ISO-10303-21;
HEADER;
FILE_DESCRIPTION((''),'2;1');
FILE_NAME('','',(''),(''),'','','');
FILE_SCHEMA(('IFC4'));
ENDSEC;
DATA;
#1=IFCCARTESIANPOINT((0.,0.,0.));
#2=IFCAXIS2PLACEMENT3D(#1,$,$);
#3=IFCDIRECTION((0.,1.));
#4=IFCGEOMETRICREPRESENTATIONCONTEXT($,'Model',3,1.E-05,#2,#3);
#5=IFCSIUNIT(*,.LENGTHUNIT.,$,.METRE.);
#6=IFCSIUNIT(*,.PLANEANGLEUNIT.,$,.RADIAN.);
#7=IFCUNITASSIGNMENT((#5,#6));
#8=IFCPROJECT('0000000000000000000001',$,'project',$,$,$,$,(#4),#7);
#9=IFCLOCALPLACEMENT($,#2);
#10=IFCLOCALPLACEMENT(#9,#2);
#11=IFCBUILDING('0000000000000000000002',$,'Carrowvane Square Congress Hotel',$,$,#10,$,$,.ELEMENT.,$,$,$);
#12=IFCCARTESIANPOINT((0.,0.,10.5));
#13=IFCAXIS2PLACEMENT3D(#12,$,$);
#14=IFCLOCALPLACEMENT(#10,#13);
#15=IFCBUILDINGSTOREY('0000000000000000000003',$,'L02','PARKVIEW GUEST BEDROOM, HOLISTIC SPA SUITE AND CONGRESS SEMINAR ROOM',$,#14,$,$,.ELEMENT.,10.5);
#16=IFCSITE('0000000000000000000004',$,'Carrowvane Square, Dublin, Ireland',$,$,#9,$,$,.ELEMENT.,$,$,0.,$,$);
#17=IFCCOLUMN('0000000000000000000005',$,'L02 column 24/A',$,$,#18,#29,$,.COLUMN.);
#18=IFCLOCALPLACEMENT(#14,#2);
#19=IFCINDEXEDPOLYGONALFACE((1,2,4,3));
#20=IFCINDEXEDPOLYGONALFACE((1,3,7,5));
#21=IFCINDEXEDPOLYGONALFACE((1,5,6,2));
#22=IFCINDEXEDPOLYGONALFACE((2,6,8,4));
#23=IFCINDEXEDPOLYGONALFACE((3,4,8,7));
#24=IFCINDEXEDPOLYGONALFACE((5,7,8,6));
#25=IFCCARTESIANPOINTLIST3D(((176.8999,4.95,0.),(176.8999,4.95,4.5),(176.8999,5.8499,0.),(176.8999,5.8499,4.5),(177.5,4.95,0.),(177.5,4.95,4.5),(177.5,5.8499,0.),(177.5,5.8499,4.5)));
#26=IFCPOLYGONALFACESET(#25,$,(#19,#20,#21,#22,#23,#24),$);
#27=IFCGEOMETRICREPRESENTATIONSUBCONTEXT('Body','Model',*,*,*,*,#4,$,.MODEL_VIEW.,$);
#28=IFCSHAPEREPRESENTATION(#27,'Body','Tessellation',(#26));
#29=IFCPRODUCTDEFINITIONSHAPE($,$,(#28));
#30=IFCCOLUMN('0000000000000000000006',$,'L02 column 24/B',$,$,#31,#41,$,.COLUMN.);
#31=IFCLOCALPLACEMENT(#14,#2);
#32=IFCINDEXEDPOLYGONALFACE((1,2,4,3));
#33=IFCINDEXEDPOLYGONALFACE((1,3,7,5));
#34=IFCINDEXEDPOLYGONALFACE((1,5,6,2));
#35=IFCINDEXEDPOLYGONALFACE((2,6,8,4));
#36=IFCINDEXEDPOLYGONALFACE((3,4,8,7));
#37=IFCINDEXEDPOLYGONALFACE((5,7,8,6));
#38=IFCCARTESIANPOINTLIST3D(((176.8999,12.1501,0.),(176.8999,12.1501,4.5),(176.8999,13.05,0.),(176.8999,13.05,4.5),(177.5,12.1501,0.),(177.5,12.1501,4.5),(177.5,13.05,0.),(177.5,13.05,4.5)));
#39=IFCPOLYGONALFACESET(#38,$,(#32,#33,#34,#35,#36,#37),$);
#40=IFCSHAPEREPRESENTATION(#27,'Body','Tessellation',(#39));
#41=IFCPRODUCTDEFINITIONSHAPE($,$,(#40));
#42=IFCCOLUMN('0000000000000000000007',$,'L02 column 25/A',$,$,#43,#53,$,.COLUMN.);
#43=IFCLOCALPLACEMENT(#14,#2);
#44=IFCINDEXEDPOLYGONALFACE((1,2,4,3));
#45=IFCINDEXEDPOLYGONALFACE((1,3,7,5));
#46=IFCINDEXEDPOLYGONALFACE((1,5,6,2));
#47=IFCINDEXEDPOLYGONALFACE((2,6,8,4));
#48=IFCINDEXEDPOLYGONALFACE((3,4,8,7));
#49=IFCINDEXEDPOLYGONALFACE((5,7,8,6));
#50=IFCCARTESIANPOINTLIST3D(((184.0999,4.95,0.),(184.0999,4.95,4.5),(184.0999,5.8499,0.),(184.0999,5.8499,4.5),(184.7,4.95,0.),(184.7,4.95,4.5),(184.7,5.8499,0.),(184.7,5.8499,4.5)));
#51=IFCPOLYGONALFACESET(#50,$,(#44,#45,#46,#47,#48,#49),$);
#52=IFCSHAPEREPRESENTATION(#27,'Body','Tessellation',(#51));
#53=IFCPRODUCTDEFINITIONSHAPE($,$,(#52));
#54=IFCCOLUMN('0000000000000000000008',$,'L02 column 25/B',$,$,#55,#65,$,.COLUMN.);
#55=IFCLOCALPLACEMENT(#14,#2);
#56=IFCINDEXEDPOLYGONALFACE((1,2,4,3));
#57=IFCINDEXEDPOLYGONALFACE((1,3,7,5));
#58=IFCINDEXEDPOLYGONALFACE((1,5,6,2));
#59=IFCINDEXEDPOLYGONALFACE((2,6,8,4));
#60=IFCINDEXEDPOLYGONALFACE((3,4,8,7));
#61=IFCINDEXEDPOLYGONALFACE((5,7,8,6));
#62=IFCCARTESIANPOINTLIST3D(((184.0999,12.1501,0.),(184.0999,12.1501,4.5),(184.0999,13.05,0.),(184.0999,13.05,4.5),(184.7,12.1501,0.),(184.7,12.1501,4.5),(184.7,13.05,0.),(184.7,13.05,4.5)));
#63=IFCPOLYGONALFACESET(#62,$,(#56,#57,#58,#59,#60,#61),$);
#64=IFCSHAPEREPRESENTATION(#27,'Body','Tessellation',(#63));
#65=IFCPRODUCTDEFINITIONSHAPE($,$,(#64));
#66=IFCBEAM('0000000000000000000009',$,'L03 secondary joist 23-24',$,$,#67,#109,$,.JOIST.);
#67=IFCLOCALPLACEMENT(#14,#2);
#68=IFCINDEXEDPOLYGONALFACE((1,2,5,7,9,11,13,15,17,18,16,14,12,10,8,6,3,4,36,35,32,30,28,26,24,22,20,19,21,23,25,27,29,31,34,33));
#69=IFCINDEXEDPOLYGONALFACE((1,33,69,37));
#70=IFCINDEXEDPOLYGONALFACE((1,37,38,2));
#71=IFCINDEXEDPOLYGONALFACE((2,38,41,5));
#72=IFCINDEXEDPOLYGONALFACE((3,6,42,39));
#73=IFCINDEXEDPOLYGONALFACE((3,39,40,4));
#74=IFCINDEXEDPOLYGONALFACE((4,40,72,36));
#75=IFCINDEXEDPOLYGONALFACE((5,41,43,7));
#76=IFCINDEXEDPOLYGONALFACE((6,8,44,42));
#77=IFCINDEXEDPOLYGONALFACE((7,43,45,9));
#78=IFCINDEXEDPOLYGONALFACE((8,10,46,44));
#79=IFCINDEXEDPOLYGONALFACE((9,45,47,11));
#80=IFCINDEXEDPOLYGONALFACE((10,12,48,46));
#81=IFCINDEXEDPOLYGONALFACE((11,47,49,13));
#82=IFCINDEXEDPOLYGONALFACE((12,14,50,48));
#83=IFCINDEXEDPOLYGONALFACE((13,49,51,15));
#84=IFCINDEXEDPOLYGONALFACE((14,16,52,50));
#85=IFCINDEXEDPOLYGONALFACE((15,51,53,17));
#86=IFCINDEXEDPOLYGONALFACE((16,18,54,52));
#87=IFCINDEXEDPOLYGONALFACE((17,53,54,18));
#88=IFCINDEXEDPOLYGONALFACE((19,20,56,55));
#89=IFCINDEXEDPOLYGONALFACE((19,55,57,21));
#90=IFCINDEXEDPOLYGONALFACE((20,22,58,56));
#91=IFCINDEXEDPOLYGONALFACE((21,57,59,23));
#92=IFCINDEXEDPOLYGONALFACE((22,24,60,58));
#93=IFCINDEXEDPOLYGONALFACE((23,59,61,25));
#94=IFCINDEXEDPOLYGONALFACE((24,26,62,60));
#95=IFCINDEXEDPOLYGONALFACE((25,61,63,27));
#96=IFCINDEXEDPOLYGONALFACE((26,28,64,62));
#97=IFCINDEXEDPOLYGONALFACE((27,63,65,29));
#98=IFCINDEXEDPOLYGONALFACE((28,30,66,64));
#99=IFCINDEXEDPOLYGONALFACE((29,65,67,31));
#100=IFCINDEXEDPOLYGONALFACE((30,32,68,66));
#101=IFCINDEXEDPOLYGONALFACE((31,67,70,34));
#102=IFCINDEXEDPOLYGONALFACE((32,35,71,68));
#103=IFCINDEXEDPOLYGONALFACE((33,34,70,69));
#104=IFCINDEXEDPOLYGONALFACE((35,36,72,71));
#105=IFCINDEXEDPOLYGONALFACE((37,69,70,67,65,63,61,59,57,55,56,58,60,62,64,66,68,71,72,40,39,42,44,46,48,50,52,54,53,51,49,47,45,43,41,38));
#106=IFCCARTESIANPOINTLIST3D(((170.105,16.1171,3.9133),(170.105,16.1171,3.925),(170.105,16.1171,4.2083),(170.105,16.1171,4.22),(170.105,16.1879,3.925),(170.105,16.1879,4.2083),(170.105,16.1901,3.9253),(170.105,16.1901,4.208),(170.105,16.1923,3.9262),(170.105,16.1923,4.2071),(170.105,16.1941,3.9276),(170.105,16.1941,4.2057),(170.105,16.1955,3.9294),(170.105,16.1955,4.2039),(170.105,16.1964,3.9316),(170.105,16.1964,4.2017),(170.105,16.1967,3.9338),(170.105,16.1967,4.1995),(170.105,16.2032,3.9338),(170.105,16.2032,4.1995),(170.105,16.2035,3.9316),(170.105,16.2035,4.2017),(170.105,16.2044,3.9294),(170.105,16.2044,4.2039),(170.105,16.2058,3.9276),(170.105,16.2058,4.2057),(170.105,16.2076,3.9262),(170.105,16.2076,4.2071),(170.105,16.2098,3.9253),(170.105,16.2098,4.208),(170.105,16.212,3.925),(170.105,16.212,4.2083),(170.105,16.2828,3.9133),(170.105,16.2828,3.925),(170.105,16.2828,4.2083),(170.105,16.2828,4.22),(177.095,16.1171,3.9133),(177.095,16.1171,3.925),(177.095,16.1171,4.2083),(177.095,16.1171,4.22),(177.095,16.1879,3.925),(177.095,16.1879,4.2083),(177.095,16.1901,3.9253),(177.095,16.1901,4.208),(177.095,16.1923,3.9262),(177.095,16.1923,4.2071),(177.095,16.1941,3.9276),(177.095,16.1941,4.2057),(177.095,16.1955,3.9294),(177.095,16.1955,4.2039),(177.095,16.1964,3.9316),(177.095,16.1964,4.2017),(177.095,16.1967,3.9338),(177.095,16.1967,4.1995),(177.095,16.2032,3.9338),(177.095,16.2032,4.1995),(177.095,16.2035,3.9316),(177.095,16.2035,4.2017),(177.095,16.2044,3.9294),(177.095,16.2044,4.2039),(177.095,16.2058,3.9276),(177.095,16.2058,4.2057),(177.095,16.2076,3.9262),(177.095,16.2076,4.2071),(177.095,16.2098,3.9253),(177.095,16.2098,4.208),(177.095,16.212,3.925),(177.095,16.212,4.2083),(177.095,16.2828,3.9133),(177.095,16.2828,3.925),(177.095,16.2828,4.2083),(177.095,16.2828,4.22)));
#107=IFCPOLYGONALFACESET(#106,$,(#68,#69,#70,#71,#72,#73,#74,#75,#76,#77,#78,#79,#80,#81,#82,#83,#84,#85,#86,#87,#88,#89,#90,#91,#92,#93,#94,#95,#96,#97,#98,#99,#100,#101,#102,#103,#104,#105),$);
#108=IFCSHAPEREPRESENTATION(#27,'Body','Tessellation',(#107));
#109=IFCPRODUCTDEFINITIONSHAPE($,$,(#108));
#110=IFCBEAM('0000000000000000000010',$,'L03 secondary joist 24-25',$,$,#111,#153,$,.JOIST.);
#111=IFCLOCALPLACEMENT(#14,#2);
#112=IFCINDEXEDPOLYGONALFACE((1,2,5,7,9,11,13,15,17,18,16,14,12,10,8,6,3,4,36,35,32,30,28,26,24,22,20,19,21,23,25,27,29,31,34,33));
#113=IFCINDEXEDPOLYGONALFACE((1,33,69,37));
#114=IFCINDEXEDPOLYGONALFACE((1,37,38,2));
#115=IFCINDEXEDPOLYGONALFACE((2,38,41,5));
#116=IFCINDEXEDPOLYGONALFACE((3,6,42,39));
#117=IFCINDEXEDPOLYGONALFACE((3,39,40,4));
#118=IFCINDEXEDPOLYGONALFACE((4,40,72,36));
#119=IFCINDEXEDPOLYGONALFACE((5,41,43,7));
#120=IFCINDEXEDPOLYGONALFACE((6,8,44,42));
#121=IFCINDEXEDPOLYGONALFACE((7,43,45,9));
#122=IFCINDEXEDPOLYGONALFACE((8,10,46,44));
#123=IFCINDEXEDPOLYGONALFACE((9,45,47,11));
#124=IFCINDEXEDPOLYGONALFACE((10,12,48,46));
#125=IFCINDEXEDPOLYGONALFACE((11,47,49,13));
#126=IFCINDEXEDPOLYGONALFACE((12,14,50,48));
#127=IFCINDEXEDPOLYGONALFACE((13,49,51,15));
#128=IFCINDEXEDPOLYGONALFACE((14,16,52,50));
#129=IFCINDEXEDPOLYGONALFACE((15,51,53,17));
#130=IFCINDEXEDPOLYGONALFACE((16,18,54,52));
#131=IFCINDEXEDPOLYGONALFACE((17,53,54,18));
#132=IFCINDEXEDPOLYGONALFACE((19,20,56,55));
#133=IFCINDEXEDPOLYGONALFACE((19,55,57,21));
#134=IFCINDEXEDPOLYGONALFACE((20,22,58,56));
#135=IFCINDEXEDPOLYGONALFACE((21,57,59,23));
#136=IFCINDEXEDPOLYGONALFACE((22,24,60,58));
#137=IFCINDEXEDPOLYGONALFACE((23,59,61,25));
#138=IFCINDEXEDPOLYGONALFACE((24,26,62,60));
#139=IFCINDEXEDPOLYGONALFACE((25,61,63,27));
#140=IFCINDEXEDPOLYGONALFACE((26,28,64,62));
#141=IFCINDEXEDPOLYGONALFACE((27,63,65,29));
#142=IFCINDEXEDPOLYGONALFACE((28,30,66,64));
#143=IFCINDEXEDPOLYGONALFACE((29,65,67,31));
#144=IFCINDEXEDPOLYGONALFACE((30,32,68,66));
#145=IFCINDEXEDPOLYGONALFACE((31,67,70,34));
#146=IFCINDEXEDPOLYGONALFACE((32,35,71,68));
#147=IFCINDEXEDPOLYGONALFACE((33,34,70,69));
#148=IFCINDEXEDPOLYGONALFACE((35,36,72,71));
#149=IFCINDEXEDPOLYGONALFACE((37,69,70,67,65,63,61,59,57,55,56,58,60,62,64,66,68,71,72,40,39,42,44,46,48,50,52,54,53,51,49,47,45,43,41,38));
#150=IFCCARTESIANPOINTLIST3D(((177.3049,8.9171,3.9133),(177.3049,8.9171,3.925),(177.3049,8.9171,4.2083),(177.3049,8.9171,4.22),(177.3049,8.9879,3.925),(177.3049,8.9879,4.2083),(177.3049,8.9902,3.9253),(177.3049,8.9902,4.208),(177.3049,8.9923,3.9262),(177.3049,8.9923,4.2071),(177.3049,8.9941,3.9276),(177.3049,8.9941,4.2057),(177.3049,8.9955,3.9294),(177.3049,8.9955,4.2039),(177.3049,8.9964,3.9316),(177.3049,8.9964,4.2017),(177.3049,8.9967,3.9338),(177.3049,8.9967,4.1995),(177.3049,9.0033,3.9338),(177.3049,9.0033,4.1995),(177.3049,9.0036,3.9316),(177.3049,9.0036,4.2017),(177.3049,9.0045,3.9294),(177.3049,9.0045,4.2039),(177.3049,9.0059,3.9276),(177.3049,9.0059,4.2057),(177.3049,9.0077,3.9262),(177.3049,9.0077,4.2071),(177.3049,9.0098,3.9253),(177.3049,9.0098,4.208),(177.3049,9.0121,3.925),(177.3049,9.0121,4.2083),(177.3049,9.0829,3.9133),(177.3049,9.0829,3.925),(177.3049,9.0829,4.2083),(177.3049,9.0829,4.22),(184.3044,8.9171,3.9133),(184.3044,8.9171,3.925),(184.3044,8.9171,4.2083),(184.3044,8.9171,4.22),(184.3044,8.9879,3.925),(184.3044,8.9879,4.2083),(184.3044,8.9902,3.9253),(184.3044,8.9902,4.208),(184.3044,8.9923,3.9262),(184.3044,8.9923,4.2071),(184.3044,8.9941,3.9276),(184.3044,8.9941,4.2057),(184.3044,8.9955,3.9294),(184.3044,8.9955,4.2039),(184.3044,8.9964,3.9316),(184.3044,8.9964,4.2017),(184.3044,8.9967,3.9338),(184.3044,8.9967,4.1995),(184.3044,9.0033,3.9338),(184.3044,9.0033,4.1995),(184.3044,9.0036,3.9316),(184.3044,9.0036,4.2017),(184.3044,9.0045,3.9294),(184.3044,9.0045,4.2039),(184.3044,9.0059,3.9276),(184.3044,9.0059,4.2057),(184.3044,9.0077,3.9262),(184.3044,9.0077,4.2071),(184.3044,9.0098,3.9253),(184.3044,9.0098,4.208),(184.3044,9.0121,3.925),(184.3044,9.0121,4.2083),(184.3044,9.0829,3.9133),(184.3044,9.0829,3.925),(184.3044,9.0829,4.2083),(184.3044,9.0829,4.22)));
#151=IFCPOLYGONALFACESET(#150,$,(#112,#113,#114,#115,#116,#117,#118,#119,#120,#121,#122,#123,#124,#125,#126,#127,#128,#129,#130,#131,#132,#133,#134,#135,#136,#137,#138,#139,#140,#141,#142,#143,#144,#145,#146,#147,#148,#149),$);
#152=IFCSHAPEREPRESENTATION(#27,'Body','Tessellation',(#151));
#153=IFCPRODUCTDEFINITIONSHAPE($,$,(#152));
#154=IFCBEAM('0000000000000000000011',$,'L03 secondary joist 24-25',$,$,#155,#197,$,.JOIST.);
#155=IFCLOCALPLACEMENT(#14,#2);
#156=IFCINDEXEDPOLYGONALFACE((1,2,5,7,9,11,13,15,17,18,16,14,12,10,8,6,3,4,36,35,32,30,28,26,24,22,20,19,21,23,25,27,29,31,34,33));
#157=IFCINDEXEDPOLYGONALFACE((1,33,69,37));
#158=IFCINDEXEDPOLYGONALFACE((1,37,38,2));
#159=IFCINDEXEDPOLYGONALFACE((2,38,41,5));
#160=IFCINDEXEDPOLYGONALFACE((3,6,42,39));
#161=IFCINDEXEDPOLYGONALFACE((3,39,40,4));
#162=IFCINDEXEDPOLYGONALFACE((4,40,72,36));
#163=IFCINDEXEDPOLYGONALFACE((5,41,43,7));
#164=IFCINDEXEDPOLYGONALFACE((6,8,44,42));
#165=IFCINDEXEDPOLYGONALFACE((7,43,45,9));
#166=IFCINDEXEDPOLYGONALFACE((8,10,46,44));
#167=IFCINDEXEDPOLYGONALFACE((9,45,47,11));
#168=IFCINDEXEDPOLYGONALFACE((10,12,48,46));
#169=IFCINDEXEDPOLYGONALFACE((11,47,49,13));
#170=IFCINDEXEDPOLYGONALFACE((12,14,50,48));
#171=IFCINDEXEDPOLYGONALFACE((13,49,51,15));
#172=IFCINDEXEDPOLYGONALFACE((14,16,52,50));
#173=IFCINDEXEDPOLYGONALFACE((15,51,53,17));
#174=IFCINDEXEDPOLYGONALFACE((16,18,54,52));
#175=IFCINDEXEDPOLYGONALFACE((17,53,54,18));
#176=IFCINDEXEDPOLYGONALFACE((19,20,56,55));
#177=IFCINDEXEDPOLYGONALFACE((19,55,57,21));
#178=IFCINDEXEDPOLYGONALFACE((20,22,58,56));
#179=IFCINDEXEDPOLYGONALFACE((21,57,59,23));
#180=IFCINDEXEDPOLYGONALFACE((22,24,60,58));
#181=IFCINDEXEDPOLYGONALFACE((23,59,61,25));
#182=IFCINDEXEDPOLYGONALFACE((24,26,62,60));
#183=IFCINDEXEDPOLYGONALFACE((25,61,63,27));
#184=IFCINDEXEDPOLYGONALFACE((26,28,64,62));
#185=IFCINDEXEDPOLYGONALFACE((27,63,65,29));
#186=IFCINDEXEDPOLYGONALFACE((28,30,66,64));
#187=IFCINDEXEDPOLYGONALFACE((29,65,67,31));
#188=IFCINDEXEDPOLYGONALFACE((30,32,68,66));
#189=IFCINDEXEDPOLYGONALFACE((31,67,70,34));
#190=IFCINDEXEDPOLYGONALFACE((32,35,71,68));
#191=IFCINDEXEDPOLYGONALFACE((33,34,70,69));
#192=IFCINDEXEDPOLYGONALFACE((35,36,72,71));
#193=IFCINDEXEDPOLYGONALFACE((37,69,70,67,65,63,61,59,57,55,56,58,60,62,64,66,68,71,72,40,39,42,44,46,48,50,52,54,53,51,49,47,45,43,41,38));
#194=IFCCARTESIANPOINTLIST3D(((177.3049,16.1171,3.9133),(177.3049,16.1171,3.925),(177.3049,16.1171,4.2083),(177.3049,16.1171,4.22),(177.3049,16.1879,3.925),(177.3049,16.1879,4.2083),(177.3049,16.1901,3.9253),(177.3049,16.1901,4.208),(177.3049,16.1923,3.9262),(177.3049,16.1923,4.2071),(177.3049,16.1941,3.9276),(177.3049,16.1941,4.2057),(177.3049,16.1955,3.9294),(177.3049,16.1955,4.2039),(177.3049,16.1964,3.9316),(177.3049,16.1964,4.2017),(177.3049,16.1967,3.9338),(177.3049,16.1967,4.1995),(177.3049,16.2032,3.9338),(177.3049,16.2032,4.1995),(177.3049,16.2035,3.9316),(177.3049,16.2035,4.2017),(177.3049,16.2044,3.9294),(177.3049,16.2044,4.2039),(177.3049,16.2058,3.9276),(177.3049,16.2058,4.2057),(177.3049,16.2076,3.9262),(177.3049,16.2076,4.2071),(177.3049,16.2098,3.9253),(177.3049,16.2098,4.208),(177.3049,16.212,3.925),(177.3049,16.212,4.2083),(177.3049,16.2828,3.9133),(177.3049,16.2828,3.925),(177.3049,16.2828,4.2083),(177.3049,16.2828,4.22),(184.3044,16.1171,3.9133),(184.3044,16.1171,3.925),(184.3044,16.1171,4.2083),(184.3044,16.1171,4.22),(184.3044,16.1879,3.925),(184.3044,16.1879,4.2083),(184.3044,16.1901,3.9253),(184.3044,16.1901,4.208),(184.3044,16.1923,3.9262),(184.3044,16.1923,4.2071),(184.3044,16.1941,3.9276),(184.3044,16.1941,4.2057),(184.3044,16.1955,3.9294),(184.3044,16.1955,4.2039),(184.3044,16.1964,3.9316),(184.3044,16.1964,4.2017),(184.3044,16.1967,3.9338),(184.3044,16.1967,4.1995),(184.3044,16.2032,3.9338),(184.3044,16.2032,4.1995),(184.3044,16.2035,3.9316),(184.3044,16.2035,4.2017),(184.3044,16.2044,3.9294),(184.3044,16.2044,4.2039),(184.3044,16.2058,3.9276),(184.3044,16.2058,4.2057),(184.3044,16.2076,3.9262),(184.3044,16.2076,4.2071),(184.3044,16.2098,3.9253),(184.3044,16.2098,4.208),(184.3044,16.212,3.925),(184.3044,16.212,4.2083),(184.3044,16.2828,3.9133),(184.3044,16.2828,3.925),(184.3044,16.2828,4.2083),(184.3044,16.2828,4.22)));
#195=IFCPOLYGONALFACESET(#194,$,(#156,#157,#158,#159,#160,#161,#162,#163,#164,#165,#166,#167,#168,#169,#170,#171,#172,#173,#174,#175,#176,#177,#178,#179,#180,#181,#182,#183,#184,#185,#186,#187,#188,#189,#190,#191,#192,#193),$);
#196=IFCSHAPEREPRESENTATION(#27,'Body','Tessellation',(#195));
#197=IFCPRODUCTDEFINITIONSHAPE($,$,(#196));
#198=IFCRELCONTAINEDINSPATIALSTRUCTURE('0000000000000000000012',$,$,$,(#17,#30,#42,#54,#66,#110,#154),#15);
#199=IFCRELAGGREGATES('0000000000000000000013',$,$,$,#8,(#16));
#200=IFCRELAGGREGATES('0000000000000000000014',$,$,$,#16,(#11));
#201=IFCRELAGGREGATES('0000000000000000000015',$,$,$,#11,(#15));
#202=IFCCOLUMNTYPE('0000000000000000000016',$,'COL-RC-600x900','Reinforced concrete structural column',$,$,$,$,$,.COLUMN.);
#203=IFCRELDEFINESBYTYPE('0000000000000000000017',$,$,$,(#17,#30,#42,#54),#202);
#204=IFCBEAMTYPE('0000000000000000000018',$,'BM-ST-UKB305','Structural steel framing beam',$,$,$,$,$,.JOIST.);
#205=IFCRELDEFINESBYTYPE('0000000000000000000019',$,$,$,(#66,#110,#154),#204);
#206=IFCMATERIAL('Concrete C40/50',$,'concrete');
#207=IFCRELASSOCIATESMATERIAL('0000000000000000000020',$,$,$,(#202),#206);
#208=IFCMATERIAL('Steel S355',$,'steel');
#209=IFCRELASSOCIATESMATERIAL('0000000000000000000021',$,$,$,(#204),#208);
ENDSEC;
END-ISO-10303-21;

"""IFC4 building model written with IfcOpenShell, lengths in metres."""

from ifc_helpers import new_model, si_unit, direction, frame, origin, origin_2d, place, context, subcontext, project, spatial, rectangle, i_section, extrude, material, material_profile, profile_set, type_object, element, save


model = new_model("IFC4")

# Units and contexts
model_context = context("Model", 3, precision=1e-05, world=origin(), true_north=direction((0.0, 1.0)))
body_context = subcontext(model_context, "Body", "Model", "MODEL_VIEW")
ifc_project = project(units=[si_unit("LENGTHUNIT", "METRE"), si_unit("PLANEANGLEUNIT", "RADIAN")], contexts=[model_context])

# Site, building, storey
site_placement = place(None, origin())
site = spatial("IfcSite", under=ifc_project, at=site_placement, Name="Carrowvane Square, Dublin, Ireland", CompositionType="ELEMENT", RefElevation=0.0)
building_placement = place(site_placement, origin())
building = spatial("IfcBuilding", under=site, at=building_placement, Name="Carrowvane Square Congress Hotel", CompositionType="ELEMENT")
storey_placement = place(building_placement, frame((0.0, 0.0, 10.5)))
storey = spatial("IfcBuildingStorey", under=building, at=storey_placement, Name="L02", Description="PARKVIEW GUEST BEDROOM, HOLISTIC SPA SUITE AND CONGRESS SEMINAR ROOM", CompositionType="ELEMENT", Elevation=10.5)

# Columns
ifc_material_1 = material(Name="Concrete C40/50", Category="concrete")
ifc_material_profile_1 = material_profile(ifc_material_1, rectangle(XDim=0.6001, YDim=0.8999, at=origin_2d()), Name="RC 600x900")
ifc_profile_set_1 = profile_set([ifc_material_profile_1], Name="Concrete C40/50")
column_type = type_object("IfcColumnType", Name="COL-RC-600x900", Description="Reinforced concrete structural column", PredefinedType="COLUMN", material=ifc_profile_set_1)
for number, where, z_axis, x_axis, name in (
    (1, (177.2, 5.3999, 0.0), (0.0, 0.0, 1.0), (1.0, 0.0, 0.0), "L02 column 24/A"),
    (2, (177.2, 12.6001, 0.0), (0.0, 0.0, 1.0), (1.0, 0.0, 0.0), "L02 column 24/B"),
    (3, (184.3999, 5.3999, 0.0), (0.0, 0.0, 1.0), (1.0, 0.0, 0.0), "L02 column 25/A"),
    (4, (184.3999, 12.6001, 0.0), (0.0, 0.0, 1.0), (1.0, 0.0, 0.0), "L02 column 25/B"),
):
    element("IfcColumn", number, at=place(storey_placement, frame(where, z_axis=z_axis, x_axis=x_axis)), inside=storey, type_object=column_type, Name=name, PredefinedType="COLUMN", context=body_context, shape_type="SweptSolid", body=[
        extrude(rectangle(XDim=0.6001, YDim=0.8999, at=origin_2d()), origin(), (0.0, 0.0, 1.0), 4.5),
    ])

# Beams
ifc_material_2 = material(Name="Steel S355", Category="steel")
ifc_material_profile_2 = material_profile(ifc_material_2, i_section(OverallWidth=0.1658, OverallDepth=0.3066, WebThickness=0.0066, FlangeThickness=0.0117, FilletRadius=0.0088, at=origin_2d()), Name="UKB 305x165x46")
ifc_profile_set_2 = profile_set([ifc_material_profile_2], Name="Steel S355")
beam_type_1 = type_object("IfcBeamType", Name="BM-ST-UKB305", Description="Structural steel framing beam", PredefinedType="JOIST", material=ifc_profile_set_2)
beam_1_placement = place(storey_placement, frame((170.105, 16.2, 4.0667), z_axis=(1.0, 0.0, 0.0), x_axis=(0.0, 1.0, 0.0)))
element("IfcBeam", 5, at=beam_1_placement, inside=storey, type_object=beam_type_1, Name="L03 secondary joist 23-24", PredefinedType="JOIST", context=body_context, shape_type="SweptSolid", body=[
    extrude(i_section(OverallWidth=0.1658, OverallDepth=0.3066, WebThickness=0.0066, FlangeThickness=0.0117, FilletRadius=0.0088, at=origin_2d()), origin(), (0.0, 0.0, 1.0), 6.99),
])
for number, where, z_axis, x_axis, name in (
    (6, (177.3049, 9.0, 4.0667), (1.0, 0.0, 0.0), (0.0, 1.0, 0.0), "L03 secondary joist 24-25"),
    (7, (177.3049, 16.2, 4.0667), (1.0, 0.0, 0.0), (0.0, 1.0, 0.0), "L03 secondary joist 24-25"),
):
    element("IfcBeam", number, at=place(storey_placement, frame(where, z_axis=z_axis, x_axis=x_axis)), inside=storey, type_object=beam_type_1, Name=name, PredefinedType="JOIST", context=body_context, shape_type="SweptSolid", body=[
        extrude(i_section(OverallWidth=0.1658, OverallDepth=0.3066, WebThickness=0.0066, FlangeThickness=0.0117, FilletRadius=0.0088, at=origin_2d()), origin(), (0.0, 0.0, 1.0), 6.9995),
    ])

save(model, "model.ifc")
